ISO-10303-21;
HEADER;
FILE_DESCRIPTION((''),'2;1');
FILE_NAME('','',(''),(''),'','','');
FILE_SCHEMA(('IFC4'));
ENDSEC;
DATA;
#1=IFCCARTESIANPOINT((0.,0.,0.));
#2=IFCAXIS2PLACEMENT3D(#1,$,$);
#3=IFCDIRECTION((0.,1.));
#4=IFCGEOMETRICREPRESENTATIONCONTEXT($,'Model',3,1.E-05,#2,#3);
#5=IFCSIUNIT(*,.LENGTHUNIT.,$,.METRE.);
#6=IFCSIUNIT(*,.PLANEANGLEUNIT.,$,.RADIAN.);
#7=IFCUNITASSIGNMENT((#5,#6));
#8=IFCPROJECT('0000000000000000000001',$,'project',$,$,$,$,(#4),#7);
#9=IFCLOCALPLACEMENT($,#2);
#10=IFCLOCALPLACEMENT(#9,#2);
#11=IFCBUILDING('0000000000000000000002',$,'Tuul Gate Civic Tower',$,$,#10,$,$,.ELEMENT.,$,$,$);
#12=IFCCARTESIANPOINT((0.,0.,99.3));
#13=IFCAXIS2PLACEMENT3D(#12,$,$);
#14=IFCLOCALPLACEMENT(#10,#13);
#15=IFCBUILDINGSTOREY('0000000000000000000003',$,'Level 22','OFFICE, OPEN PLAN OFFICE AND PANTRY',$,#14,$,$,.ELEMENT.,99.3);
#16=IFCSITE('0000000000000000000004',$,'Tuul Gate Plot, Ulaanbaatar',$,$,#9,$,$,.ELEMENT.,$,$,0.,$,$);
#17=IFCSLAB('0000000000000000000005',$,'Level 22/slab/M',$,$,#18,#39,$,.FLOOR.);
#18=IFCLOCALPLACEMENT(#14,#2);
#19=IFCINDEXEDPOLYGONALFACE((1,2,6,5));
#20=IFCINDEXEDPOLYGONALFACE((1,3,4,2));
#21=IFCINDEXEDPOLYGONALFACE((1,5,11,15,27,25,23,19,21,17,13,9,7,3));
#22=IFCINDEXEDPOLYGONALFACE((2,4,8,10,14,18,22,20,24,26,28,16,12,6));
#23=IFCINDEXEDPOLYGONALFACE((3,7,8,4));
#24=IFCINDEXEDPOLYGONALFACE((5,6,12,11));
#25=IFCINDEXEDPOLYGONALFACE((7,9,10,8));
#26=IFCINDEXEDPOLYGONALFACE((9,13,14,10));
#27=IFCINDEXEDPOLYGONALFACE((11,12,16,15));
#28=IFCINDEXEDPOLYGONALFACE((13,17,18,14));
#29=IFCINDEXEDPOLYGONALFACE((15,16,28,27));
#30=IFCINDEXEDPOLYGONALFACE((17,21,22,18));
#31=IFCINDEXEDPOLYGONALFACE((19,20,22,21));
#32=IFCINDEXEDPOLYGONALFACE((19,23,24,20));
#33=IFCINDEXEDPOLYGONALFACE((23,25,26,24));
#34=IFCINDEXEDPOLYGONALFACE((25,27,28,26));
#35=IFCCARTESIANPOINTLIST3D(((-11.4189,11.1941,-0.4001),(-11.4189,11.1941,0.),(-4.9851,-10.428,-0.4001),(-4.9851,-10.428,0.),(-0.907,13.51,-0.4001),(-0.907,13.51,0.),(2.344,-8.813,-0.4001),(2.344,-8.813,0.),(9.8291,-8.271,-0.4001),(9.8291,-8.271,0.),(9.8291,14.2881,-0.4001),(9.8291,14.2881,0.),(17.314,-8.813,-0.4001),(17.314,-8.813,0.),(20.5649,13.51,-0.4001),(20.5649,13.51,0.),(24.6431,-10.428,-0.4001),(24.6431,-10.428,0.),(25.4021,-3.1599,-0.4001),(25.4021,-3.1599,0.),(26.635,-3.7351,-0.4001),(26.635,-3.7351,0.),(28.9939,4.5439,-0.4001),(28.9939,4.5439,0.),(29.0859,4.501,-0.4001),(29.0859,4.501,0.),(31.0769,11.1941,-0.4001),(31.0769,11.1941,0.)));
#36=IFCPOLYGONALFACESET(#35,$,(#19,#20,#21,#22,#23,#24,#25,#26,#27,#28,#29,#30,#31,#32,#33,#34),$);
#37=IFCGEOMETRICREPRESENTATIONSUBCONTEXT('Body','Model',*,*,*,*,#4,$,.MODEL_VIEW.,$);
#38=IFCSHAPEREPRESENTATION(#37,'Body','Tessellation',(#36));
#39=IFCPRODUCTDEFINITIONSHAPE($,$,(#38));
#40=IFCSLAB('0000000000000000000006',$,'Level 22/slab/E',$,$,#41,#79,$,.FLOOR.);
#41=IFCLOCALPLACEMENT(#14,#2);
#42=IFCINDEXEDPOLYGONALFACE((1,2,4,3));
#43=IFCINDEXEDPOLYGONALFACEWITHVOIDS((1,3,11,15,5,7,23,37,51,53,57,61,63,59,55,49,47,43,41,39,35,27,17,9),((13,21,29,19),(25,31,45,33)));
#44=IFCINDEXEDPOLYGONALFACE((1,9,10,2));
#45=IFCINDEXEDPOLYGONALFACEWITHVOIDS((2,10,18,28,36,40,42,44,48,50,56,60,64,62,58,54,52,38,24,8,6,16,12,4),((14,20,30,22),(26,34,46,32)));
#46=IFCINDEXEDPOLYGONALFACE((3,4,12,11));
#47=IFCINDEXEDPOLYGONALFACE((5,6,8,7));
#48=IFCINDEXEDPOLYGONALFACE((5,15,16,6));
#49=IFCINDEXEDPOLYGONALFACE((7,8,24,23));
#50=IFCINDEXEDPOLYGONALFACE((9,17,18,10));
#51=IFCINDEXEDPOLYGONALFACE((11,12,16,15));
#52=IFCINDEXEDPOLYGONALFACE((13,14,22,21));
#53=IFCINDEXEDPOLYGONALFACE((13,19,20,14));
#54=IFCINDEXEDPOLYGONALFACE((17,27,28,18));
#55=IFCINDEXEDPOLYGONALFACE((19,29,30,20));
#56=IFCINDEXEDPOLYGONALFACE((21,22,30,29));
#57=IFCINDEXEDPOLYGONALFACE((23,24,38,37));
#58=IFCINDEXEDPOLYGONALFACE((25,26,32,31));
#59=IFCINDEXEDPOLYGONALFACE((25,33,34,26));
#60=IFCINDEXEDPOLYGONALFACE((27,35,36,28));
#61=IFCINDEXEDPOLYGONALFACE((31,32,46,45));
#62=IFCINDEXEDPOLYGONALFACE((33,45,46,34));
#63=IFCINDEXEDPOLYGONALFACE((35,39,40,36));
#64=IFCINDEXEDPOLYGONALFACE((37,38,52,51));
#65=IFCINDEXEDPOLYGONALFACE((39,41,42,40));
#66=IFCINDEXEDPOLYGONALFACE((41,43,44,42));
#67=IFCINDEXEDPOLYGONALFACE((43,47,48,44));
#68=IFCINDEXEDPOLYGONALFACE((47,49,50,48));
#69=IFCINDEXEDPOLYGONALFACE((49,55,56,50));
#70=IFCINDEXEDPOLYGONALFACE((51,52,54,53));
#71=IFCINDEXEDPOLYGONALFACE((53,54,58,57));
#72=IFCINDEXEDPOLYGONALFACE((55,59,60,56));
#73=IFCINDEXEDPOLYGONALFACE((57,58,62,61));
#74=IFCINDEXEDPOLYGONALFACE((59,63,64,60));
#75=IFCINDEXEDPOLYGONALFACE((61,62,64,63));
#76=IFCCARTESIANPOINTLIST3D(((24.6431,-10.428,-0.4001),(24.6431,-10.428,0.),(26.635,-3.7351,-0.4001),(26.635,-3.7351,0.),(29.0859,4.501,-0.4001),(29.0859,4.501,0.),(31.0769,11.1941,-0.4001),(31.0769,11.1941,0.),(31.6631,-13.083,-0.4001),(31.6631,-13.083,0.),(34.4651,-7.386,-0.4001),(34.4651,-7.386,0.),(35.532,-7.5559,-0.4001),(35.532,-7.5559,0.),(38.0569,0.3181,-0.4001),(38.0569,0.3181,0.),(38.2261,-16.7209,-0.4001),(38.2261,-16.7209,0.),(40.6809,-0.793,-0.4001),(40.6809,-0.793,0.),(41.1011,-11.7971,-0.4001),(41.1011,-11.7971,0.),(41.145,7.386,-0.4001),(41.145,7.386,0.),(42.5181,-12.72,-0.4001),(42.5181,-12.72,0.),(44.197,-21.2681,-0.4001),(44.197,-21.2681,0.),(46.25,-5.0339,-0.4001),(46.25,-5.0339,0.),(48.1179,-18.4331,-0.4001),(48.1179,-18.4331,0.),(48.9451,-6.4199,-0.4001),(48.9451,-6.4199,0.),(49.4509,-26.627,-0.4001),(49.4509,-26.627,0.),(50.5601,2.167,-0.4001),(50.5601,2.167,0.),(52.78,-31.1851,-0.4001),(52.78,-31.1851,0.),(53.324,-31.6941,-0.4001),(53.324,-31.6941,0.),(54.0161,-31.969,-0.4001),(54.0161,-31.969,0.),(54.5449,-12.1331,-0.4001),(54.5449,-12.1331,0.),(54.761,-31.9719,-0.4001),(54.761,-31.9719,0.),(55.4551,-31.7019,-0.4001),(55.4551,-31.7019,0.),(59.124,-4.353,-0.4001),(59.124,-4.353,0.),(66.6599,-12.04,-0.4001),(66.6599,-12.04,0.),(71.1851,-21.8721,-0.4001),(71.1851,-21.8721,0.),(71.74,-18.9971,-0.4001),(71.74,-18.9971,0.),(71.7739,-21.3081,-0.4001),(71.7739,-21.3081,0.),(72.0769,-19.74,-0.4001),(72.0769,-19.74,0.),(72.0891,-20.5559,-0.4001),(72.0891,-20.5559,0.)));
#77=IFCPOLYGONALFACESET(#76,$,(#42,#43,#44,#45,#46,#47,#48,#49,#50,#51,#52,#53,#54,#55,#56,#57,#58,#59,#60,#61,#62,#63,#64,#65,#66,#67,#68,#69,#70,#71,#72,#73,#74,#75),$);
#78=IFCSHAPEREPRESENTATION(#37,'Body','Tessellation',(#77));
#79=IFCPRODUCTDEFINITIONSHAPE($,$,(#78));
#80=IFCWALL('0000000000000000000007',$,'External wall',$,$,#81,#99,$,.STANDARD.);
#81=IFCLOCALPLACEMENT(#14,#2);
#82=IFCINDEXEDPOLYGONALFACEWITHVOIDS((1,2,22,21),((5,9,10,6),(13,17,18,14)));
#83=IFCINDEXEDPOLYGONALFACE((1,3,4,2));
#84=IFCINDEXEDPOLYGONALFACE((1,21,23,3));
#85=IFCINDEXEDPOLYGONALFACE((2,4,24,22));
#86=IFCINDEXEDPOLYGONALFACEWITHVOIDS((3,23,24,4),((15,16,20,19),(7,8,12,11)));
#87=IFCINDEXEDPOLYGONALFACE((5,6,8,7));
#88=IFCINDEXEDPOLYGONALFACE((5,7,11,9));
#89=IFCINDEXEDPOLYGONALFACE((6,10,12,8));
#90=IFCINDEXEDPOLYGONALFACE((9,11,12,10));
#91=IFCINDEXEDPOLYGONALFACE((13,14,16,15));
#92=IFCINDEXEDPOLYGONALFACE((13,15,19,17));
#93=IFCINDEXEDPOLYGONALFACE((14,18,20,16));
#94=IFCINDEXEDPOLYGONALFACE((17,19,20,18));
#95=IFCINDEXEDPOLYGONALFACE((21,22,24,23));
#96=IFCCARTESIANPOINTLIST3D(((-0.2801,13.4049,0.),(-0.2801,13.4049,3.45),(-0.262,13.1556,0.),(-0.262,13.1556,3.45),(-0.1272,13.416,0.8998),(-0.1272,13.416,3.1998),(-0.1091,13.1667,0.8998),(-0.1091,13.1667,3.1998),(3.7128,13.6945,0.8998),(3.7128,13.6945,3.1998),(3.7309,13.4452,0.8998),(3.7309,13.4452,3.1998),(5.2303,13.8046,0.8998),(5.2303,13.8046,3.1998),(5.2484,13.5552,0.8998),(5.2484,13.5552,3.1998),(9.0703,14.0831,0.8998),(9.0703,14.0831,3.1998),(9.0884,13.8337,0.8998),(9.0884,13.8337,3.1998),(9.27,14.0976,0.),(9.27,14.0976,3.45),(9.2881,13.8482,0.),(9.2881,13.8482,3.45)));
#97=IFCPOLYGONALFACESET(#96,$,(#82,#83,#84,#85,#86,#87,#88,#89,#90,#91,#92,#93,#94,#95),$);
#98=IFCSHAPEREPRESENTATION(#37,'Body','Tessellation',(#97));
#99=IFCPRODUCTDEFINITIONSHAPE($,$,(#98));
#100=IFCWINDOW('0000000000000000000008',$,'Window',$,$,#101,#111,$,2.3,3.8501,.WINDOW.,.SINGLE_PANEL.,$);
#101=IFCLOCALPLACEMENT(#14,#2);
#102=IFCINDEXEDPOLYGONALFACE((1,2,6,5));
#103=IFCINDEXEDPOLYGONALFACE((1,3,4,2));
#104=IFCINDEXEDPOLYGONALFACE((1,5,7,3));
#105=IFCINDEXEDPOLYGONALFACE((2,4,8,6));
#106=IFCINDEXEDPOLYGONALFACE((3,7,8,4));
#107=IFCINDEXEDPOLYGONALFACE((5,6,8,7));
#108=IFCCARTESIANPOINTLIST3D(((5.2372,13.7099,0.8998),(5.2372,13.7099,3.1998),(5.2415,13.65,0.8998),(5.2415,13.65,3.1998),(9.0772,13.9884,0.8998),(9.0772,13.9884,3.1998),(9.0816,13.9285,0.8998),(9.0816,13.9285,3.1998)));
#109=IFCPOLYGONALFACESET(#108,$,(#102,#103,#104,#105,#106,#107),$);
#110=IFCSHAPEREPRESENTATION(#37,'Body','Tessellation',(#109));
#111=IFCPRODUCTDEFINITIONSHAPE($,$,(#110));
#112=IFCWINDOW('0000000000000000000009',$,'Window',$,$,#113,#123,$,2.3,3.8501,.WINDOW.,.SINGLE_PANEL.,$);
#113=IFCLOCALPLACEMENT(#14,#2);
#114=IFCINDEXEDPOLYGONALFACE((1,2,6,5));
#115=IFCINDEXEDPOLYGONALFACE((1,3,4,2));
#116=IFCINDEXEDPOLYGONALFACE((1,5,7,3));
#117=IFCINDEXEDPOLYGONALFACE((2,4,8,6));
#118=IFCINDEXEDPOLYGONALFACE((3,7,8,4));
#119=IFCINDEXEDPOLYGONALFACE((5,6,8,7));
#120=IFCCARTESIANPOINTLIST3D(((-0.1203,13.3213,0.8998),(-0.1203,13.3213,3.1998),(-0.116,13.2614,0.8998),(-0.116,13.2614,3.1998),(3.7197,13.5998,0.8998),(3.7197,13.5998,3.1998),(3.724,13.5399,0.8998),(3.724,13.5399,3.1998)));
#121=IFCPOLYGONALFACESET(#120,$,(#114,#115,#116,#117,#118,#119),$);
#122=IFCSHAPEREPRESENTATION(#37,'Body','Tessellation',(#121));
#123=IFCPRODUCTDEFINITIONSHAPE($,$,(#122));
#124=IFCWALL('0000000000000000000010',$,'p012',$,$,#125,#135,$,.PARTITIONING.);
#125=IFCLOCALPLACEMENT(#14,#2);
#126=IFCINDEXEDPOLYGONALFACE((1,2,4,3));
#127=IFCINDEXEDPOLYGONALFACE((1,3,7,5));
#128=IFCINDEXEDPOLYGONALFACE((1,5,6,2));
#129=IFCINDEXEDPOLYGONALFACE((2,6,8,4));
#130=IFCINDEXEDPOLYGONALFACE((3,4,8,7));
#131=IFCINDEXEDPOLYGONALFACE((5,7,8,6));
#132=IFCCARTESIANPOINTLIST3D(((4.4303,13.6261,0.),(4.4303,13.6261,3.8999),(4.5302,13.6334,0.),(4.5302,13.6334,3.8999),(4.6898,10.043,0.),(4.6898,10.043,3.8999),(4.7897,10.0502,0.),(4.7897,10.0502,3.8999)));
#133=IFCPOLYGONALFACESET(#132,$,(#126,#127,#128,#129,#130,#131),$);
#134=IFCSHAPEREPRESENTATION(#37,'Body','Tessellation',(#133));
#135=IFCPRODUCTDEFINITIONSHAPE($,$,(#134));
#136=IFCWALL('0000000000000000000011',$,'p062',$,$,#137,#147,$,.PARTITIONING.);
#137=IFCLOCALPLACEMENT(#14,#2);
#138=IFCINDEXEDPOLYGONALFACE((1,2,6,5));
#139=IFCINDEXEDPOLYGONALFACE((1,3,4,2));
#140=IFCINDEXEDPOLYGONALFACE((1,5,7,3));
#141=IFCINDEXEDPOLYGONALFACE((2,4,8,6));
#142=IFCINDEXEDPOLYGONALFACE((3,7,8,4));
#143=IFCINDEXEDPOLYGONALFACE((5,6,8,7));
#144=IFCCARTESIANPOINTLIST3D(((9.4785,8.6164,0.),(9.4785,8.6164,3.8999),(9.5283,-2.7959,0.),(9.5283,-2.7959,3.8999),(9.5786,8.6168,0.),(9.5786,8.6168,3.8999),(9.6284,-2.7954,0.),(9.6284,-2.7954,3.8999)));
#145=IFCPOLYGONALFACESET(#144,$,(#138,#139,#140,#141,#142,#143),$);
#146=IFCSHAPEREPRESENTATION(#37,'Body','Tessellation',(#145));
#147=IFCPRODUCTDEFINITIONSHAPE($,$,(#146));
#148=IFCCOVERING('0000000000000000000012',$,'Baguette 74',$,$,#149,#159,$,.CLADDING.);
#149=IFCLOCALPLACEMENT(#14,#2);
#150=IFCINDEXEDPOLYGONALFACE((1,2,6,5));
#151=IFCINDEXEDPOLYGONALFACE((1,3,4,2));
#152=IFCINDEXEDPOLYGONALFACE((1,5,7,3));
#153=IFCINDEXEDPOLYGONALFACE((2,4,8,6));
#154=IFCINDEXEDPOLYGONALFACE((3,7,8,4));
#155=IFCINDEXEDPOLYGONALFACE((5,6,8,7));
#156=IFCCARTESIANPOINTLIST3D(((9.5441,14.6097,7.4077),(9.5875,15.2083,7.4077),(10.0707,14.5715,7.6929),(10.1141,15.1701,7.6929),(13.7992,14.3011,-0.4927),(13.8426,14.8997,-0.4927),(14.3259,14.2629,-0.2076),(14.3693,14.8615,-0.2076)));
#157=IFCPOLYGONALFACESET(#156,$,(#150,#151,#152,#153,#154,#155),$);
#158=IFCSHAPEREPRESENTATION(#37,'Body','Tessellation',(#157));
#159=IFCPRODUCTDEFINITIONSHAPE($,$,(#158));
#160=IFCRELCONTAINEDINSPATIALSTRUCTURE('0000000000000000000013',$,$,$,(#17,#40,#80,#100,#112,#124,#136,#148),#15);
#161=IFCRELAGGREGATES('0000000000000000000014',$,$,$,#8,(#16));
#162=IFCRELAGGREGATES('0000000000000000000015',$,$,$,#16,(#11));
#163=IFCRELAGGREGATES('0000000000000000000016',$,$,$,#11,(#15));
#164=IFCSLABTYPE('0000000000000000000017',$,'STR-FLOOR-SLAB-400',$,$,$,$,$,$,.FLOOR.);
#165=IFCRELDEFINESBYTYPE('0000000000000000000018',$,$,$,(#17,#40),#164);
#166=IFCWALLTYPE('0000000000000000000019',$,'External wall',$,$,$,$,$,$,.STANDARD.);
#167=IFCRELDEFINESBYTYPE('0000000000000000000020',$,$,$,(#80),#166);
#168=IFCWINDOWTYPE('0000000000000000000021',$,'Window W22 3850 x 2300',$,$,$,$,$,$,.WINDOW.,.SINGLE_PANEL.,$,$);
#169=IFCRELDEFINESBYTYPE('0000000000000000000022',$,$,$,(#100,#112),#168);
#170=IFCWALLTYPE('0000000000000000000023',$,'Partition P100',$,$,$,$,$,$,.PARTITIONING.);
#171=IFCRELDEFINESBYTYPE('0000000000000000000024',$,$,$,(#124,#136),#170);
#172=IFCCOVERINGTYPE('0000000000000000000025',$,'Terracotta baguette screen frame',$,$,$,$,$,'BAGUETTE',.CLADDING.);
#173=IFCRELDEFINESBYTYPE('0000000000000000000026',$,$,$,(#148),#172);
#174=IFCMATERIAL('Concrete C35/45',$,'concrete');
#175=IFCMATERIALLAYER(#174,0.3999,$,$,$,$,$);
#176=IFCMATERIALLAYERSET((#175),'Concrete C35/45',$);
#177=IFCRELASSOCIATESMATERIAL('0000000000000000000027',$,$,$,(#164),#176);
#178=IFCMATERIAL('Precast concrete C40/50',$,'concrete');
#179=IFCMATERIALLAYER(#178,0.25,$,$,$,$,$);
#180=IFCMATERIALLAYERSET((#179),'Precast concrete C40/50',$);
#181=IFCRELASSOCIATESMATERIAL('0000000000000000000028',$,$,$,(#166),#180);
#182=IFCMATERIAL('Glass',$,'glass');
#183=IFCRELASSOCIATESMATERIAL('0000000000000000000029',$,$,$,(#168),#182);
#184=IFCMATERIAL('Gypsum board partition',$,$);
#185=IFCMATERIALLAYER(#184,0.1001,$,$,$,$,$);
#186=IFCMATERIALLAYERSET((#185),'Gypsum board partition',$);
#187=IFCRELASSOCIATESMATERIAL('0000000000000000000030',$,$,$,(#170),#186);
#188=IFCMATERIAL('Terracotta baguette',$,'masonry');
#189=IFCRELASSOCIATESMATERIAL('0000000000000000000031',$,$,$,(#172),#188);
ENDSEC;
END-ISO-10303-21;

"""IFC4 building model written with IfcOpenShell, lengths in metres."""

from ifc_helpers import new_model, si_unit, direction, frame, frame_2d, origin, origin_2d, place, context, subcontext, project, spatial, polyline, rectangle, outline, extrude, material, layer, layer_set, material_profile, profile_set, type_object, element, fill, save


model = new_model("IFC4")

# Units and contexts
model_context = context("Model", 3, precision=1e-05, world=origin(), true_north=direction((0.0, 1.0)))
body_context = subcontext(model_context, "Body", "Model", "MODEL_VIEW")
ifc_project = project(units=[si_unit("LENGTHUNIT", "METRE"), si_unit("PLANEANGLEUNIT", "RADIAN")], contexts=[model_context])

# Site, building, storey
site_placement = place(None, origin())
site = spatial("IfcSite", under=ifc_project, at=site_placement, Name="Tuul Gate Plot, Ulaanbaatar", CompositionType="ELEMENT", RefElevation=0.0)
building_placement = place(site_placement, origin())
building = spatial("IfcBuilding", under=site, at=building_placement, Name="Tuul Gate Civic Tower", CompositionType="ELEMENT")
storey_placement = place(building_placement, frame((0.0, 0.0, 99.3)))
storey = spatial("IfcBuildingStorey", under=building, at=storey_placement, Name="Level 22", Description="OFFICE, OPEN PLAN OFFICE AND PANTRY", CompositionType="ELEMENT", Elevation=99.3)

# Slabs
ifc_material_1 = material(Name="Concrete C35/45", Category="concrete")
ifc_layer_1 = layer(ifc_material_1, 0.3999)
ifc_layer_set_1 = layer_set([ifc_layer_1], Name="Concrete C35/45")
slab_type_1 = type_object("IfcSlabType", Name="STR-FLOOR-SLAB-400", PredefinedType="FLOOR", material=ifc_layer_set_1)
slab_1_placement = place(storey_placement, frame((0.0, 0.0, -0.4001)))
element("IfcSlab", 1, at=slab_1_placement, inside=storey, type_object=slab_type_1, Name="Level 22/slab/M", PredefinedType="FLOOR", context=body_context, shape_type="SweptSolid", body=[
    extrude(outline(polyline([(24.6431, -10.428), (26.635, -3.7351), (25.4021, -3.1599), (28.9939, 4.5439), (29.0859, 4.501), (31.0769, 11.1941), (20.5649, 13.51), (9.8291, 14.2881), (-0.907, 13.51), (-11.4189, 11.1941), (-4.9851, -10.428), (2.344, -8.813), (9.8291, -8.271), (17.314, -8.813), (24.6431, -10.428)])), origin(), (0.0, 0.0, 1.0), 0.4001),
])
slab_2_placement = place(storey_placement, frame((0.0, 0.0, -0.4001)))
element("IfcSlab", 2, at=slab_2_placement, inside=storey, type_object=slab_type_1, Name="Level 22/slab/E", PredefinedType="FLOOR", context=body_context, shape_type="SweptSolid", body=[
    extrude(outline(polyline([(54.761, -31.9719), (55.4551, -31.7019), (71.1851, -21.8721), (71.7739, -21.3081), (72.0891, -20.5559), (72.0769, -19.74), (71.74, -18.9971), (66.6599, -12.04), (59.124, -4.353), (50.5601, 2.167), (41.145, 7.386), (31.0769, 11.1941), (29.0859, 4.501), (38.0569, 0.3181), (34.4651, -7.386), (26.635, -3.7351), (24.6431, -10.428), (31.6631, -13.083), (38.2261, -16.7209), (44.197, -21.2681), (49.4509, -26.627), (52.78, -31.1851), (53.324, -31.6941), (54.0161, -31.969), (54.761, -31.9719)]), holes=[polyline([(48.1179, -18.4331), (42.5181, -12.72), (48.9451, -6.4199), (54.5449, -12.1331), (48.1179, -18.4331)]), polyline([(35.532, -7.5559), (40.6809, -0.793), (46.25, -5.0339), (41.1011, -11.7971), (35.532, -7.5559)])]), origin(), (0.0, 0.0, 1.0), 0.4001),
])

# Wall, openings, windows
ifc_material_2 = material(Name="Precast concrete C40/50", Category="concrete")
ifc_layer_2 = layer(ifc_material_2, 0.25)
ifc_layer_set_2 = layer_set([ifc_layer_2], Name="Precast concrete C40/50")
wall_type_1 = type_object("IfcWallType", Name="External wall", PredefinedType="STANDARD", material=ifc_layer_set_2)
wall_1_placement = place(storey_placement, frame((9.2791, 13.9729, 0.0), z_axis=(0.0, 0.0, 1.0), x_axis=(-0.99738, -0.072336, 0.0)))
wall_1 = element("IfcWall", 3, at=wall_1_placement, inside=storey, type_object=wall_type_1, Name="External wall", PredefinedType="STANDARD", context=body_context, shape_type="SweptSolid", body=[
    extrude(rectangle(XDim=9.5752, YDim=0.25, at=frame_2d((4.7876, 0.0))), origin(), (0.0, 0.0, 1.0), 3.45),
])
opening_1_placement = place(wall_1_placement, frame((0.2002, 0.0, 0.8999)))
opening_1 = element("IfcOpeningElement", 4, at=opening_1_placement, cuts=wall_1, PredefinedType="OPENING", context=body_context, shape_type="SweptSolid", body=[
    extrude(rectangle(XDim=3.8501, YDim=2.3, at=frame_2d((1.925, 1.1499))), frame((0.0, 0.135, 0.0), z_axis=(0.0, -1.0, 0.0), x_axis=(1.0, 0.0, 0.0)), (0.0, 0.0, 1.0), 0.27),
])
opening_2_placement = place(wall_1_placement, frame((5.5718, 0.0, 0.8999)))
opening_2 = element("IfcOpeningElement", 5, at=opening_2_placement, cuts=wall_1, PredefinedType="OPENING", context=body_context, shape_type="SweptSolid", body=[
    extrude(rectangle(XDim=3.8501, YDim=2.3, at=frame_2d((1.925, 1.1499))), frame((0.0, 0.135, 0.0), z_axis=(0.0, -1.0, 0.0), x_axis=(1.0, 0.0, 0.0)), (0.0, 0.0, 1.0), 0.27),
])
ifc_material_3 = material(Name="Glass", Category="glass")
window_type = type_object("IfcWindowType", Name="Window W22 3850 x 2300", PartitioningType="SINGLE_PANEL", PredefinedType="WINDOW", material=ifc_material_3)
window_1_placement = place(opening_1_placement, origin())
window_1 = element("IfcWindow", 6, at=window_1_placement, inside=storey, type_object=window_type, Name="Window", OverallHeight=2.3, OverallWidth=3.8501, PartitioningType="SINGLE_PANEL", PredefinedType="WINDOW", context=body_context, shape_type="SweptSolid", body=[
    extrude(rectangle(XDim=3.8501, YDim=2.3, at=frame_2d((1.925, 1.1499))), frame((0.0, 0.03, 0.0), z_axis=(0.0, -1.0, 0.0), x_axis=(1.0, 0.0, 0.0)), (0.0, 0.0, 1.0), 0.0601),
])
fill(opening_1, window_1)
window_2_placement = place(opening_2_placement, origin())
window_2 = element("IfcWindow", 7, at=window_2_placement, inside=storey, type_object=window_type, Name="Window", OverallHeight=2.3, OverallWidth=3.8501, PartitioningType="SINGLE_PANEL", PredefinedType="WINDOW", context=body_context, shape_type="SweptSolid", body=[
    extrude(rectangle(XDim=3.8501, YDim=2.3, at=frame_2d((1.925, 1.1499))), frame((0.0, 0.03, 0.0), z_axis=(0.0, -1.0, 0.0), x_axis=(1.0, 0.0, 0.0)), (0.0, 0.0, 1.0), 0.0601),
])
fill(opening_2, window_2)

# Walls
ifc_material_4 = material(Name="Gypsum board partition")
ifc_layer_3 = layer(ifc_material_4, 0.1001)
ifc_layer_set_3 = layer_set([ifc_layer_3], Name="Gypsum board partition")
wall_type_2 = type_object("IfcWallType", Name="Partition P100", PredefinedType="PARTITIONING", material=ifc_layer_set_3)
wall_2_placement = place(storey_placement, frame((4.4802, 13.6299, 0.0), z_axis=(0.0, 0.0, 1.0), x_axis=(0.072237, -0.997387, 0.0)))
element("IfcWall", 8, at=wall_2_placement, inside=storey, type_object=wall_type_2, Name="p012", PredefinedType="PARTITIONING", context=body_context, shape_type="SweptSolid", body=[
    extrude(rectangle(XDim=3.5925, YDim=0.1001, at=frame_2d((1.7964, 0.0))), origin(), (0.0, 0.0, 1.0), 3.8999),
])
wall_3_placement = place(storey_placement, frame((9.5286, 8.6165, 0.0), z_axis=(0.0, 0.0, 1.0), x_axis=(0.004364, -0.99999, 0.0)))
element("IfcWall", 9, at=wall_3_placement, inside=storey, type_object=wall_type_2, Name="p062", PredefinedType="PARTITIONING", context=body_context, shape_type="SweptSolid", body=[
    extrude(rectangle(XDim=11.4124, YDim=0.1001, at=frame_2d((5.7061, 0.0))), origin(), (0.0, 0.0, 1.0), 3.8999),
])

# Covering
ifc_material_5 = material(Name="Terracotta baguette", Category="masonry")
ifc_material_profile_1 = material_profile(ifc_material_5, rectangle(XDim=0.6001, YDim=0.6001, at=origin_2d()), Name="Terracotta baguette screen frame")
ifc_profile_set_1 = profile_set([ifc_material_profile_1], Name="Terracotta baguette")
covering_type = type_object("IfcCoveringType", Name="Terracotta baguette screen frame", ElementType="BAGUETTE", PredefinedType="CLADDING", material=ifc_profile_set_1)
covering_placement = place(storey_placement, frame((9.8291, 14.8899, 7.5503), z_axis=(0.473912, -0.034369, -0.879901), x_axis=(0.072333, 0.997381, 0.0)))
element("IfcCovering", 10, at=covering_placement, inside=storey, type_object=covering_type, Name="Baguette 74", PredefinedType="CLADDING", context=body_context, shape_type="SweptSolid", body=[
    extrude(rectangle(XDim=0.6001, YDim=0.6001, at=origin_2d()), origin(), (0.0, 0.0, 1.0), 8.9788),
])

save(model, "model.ifc")
